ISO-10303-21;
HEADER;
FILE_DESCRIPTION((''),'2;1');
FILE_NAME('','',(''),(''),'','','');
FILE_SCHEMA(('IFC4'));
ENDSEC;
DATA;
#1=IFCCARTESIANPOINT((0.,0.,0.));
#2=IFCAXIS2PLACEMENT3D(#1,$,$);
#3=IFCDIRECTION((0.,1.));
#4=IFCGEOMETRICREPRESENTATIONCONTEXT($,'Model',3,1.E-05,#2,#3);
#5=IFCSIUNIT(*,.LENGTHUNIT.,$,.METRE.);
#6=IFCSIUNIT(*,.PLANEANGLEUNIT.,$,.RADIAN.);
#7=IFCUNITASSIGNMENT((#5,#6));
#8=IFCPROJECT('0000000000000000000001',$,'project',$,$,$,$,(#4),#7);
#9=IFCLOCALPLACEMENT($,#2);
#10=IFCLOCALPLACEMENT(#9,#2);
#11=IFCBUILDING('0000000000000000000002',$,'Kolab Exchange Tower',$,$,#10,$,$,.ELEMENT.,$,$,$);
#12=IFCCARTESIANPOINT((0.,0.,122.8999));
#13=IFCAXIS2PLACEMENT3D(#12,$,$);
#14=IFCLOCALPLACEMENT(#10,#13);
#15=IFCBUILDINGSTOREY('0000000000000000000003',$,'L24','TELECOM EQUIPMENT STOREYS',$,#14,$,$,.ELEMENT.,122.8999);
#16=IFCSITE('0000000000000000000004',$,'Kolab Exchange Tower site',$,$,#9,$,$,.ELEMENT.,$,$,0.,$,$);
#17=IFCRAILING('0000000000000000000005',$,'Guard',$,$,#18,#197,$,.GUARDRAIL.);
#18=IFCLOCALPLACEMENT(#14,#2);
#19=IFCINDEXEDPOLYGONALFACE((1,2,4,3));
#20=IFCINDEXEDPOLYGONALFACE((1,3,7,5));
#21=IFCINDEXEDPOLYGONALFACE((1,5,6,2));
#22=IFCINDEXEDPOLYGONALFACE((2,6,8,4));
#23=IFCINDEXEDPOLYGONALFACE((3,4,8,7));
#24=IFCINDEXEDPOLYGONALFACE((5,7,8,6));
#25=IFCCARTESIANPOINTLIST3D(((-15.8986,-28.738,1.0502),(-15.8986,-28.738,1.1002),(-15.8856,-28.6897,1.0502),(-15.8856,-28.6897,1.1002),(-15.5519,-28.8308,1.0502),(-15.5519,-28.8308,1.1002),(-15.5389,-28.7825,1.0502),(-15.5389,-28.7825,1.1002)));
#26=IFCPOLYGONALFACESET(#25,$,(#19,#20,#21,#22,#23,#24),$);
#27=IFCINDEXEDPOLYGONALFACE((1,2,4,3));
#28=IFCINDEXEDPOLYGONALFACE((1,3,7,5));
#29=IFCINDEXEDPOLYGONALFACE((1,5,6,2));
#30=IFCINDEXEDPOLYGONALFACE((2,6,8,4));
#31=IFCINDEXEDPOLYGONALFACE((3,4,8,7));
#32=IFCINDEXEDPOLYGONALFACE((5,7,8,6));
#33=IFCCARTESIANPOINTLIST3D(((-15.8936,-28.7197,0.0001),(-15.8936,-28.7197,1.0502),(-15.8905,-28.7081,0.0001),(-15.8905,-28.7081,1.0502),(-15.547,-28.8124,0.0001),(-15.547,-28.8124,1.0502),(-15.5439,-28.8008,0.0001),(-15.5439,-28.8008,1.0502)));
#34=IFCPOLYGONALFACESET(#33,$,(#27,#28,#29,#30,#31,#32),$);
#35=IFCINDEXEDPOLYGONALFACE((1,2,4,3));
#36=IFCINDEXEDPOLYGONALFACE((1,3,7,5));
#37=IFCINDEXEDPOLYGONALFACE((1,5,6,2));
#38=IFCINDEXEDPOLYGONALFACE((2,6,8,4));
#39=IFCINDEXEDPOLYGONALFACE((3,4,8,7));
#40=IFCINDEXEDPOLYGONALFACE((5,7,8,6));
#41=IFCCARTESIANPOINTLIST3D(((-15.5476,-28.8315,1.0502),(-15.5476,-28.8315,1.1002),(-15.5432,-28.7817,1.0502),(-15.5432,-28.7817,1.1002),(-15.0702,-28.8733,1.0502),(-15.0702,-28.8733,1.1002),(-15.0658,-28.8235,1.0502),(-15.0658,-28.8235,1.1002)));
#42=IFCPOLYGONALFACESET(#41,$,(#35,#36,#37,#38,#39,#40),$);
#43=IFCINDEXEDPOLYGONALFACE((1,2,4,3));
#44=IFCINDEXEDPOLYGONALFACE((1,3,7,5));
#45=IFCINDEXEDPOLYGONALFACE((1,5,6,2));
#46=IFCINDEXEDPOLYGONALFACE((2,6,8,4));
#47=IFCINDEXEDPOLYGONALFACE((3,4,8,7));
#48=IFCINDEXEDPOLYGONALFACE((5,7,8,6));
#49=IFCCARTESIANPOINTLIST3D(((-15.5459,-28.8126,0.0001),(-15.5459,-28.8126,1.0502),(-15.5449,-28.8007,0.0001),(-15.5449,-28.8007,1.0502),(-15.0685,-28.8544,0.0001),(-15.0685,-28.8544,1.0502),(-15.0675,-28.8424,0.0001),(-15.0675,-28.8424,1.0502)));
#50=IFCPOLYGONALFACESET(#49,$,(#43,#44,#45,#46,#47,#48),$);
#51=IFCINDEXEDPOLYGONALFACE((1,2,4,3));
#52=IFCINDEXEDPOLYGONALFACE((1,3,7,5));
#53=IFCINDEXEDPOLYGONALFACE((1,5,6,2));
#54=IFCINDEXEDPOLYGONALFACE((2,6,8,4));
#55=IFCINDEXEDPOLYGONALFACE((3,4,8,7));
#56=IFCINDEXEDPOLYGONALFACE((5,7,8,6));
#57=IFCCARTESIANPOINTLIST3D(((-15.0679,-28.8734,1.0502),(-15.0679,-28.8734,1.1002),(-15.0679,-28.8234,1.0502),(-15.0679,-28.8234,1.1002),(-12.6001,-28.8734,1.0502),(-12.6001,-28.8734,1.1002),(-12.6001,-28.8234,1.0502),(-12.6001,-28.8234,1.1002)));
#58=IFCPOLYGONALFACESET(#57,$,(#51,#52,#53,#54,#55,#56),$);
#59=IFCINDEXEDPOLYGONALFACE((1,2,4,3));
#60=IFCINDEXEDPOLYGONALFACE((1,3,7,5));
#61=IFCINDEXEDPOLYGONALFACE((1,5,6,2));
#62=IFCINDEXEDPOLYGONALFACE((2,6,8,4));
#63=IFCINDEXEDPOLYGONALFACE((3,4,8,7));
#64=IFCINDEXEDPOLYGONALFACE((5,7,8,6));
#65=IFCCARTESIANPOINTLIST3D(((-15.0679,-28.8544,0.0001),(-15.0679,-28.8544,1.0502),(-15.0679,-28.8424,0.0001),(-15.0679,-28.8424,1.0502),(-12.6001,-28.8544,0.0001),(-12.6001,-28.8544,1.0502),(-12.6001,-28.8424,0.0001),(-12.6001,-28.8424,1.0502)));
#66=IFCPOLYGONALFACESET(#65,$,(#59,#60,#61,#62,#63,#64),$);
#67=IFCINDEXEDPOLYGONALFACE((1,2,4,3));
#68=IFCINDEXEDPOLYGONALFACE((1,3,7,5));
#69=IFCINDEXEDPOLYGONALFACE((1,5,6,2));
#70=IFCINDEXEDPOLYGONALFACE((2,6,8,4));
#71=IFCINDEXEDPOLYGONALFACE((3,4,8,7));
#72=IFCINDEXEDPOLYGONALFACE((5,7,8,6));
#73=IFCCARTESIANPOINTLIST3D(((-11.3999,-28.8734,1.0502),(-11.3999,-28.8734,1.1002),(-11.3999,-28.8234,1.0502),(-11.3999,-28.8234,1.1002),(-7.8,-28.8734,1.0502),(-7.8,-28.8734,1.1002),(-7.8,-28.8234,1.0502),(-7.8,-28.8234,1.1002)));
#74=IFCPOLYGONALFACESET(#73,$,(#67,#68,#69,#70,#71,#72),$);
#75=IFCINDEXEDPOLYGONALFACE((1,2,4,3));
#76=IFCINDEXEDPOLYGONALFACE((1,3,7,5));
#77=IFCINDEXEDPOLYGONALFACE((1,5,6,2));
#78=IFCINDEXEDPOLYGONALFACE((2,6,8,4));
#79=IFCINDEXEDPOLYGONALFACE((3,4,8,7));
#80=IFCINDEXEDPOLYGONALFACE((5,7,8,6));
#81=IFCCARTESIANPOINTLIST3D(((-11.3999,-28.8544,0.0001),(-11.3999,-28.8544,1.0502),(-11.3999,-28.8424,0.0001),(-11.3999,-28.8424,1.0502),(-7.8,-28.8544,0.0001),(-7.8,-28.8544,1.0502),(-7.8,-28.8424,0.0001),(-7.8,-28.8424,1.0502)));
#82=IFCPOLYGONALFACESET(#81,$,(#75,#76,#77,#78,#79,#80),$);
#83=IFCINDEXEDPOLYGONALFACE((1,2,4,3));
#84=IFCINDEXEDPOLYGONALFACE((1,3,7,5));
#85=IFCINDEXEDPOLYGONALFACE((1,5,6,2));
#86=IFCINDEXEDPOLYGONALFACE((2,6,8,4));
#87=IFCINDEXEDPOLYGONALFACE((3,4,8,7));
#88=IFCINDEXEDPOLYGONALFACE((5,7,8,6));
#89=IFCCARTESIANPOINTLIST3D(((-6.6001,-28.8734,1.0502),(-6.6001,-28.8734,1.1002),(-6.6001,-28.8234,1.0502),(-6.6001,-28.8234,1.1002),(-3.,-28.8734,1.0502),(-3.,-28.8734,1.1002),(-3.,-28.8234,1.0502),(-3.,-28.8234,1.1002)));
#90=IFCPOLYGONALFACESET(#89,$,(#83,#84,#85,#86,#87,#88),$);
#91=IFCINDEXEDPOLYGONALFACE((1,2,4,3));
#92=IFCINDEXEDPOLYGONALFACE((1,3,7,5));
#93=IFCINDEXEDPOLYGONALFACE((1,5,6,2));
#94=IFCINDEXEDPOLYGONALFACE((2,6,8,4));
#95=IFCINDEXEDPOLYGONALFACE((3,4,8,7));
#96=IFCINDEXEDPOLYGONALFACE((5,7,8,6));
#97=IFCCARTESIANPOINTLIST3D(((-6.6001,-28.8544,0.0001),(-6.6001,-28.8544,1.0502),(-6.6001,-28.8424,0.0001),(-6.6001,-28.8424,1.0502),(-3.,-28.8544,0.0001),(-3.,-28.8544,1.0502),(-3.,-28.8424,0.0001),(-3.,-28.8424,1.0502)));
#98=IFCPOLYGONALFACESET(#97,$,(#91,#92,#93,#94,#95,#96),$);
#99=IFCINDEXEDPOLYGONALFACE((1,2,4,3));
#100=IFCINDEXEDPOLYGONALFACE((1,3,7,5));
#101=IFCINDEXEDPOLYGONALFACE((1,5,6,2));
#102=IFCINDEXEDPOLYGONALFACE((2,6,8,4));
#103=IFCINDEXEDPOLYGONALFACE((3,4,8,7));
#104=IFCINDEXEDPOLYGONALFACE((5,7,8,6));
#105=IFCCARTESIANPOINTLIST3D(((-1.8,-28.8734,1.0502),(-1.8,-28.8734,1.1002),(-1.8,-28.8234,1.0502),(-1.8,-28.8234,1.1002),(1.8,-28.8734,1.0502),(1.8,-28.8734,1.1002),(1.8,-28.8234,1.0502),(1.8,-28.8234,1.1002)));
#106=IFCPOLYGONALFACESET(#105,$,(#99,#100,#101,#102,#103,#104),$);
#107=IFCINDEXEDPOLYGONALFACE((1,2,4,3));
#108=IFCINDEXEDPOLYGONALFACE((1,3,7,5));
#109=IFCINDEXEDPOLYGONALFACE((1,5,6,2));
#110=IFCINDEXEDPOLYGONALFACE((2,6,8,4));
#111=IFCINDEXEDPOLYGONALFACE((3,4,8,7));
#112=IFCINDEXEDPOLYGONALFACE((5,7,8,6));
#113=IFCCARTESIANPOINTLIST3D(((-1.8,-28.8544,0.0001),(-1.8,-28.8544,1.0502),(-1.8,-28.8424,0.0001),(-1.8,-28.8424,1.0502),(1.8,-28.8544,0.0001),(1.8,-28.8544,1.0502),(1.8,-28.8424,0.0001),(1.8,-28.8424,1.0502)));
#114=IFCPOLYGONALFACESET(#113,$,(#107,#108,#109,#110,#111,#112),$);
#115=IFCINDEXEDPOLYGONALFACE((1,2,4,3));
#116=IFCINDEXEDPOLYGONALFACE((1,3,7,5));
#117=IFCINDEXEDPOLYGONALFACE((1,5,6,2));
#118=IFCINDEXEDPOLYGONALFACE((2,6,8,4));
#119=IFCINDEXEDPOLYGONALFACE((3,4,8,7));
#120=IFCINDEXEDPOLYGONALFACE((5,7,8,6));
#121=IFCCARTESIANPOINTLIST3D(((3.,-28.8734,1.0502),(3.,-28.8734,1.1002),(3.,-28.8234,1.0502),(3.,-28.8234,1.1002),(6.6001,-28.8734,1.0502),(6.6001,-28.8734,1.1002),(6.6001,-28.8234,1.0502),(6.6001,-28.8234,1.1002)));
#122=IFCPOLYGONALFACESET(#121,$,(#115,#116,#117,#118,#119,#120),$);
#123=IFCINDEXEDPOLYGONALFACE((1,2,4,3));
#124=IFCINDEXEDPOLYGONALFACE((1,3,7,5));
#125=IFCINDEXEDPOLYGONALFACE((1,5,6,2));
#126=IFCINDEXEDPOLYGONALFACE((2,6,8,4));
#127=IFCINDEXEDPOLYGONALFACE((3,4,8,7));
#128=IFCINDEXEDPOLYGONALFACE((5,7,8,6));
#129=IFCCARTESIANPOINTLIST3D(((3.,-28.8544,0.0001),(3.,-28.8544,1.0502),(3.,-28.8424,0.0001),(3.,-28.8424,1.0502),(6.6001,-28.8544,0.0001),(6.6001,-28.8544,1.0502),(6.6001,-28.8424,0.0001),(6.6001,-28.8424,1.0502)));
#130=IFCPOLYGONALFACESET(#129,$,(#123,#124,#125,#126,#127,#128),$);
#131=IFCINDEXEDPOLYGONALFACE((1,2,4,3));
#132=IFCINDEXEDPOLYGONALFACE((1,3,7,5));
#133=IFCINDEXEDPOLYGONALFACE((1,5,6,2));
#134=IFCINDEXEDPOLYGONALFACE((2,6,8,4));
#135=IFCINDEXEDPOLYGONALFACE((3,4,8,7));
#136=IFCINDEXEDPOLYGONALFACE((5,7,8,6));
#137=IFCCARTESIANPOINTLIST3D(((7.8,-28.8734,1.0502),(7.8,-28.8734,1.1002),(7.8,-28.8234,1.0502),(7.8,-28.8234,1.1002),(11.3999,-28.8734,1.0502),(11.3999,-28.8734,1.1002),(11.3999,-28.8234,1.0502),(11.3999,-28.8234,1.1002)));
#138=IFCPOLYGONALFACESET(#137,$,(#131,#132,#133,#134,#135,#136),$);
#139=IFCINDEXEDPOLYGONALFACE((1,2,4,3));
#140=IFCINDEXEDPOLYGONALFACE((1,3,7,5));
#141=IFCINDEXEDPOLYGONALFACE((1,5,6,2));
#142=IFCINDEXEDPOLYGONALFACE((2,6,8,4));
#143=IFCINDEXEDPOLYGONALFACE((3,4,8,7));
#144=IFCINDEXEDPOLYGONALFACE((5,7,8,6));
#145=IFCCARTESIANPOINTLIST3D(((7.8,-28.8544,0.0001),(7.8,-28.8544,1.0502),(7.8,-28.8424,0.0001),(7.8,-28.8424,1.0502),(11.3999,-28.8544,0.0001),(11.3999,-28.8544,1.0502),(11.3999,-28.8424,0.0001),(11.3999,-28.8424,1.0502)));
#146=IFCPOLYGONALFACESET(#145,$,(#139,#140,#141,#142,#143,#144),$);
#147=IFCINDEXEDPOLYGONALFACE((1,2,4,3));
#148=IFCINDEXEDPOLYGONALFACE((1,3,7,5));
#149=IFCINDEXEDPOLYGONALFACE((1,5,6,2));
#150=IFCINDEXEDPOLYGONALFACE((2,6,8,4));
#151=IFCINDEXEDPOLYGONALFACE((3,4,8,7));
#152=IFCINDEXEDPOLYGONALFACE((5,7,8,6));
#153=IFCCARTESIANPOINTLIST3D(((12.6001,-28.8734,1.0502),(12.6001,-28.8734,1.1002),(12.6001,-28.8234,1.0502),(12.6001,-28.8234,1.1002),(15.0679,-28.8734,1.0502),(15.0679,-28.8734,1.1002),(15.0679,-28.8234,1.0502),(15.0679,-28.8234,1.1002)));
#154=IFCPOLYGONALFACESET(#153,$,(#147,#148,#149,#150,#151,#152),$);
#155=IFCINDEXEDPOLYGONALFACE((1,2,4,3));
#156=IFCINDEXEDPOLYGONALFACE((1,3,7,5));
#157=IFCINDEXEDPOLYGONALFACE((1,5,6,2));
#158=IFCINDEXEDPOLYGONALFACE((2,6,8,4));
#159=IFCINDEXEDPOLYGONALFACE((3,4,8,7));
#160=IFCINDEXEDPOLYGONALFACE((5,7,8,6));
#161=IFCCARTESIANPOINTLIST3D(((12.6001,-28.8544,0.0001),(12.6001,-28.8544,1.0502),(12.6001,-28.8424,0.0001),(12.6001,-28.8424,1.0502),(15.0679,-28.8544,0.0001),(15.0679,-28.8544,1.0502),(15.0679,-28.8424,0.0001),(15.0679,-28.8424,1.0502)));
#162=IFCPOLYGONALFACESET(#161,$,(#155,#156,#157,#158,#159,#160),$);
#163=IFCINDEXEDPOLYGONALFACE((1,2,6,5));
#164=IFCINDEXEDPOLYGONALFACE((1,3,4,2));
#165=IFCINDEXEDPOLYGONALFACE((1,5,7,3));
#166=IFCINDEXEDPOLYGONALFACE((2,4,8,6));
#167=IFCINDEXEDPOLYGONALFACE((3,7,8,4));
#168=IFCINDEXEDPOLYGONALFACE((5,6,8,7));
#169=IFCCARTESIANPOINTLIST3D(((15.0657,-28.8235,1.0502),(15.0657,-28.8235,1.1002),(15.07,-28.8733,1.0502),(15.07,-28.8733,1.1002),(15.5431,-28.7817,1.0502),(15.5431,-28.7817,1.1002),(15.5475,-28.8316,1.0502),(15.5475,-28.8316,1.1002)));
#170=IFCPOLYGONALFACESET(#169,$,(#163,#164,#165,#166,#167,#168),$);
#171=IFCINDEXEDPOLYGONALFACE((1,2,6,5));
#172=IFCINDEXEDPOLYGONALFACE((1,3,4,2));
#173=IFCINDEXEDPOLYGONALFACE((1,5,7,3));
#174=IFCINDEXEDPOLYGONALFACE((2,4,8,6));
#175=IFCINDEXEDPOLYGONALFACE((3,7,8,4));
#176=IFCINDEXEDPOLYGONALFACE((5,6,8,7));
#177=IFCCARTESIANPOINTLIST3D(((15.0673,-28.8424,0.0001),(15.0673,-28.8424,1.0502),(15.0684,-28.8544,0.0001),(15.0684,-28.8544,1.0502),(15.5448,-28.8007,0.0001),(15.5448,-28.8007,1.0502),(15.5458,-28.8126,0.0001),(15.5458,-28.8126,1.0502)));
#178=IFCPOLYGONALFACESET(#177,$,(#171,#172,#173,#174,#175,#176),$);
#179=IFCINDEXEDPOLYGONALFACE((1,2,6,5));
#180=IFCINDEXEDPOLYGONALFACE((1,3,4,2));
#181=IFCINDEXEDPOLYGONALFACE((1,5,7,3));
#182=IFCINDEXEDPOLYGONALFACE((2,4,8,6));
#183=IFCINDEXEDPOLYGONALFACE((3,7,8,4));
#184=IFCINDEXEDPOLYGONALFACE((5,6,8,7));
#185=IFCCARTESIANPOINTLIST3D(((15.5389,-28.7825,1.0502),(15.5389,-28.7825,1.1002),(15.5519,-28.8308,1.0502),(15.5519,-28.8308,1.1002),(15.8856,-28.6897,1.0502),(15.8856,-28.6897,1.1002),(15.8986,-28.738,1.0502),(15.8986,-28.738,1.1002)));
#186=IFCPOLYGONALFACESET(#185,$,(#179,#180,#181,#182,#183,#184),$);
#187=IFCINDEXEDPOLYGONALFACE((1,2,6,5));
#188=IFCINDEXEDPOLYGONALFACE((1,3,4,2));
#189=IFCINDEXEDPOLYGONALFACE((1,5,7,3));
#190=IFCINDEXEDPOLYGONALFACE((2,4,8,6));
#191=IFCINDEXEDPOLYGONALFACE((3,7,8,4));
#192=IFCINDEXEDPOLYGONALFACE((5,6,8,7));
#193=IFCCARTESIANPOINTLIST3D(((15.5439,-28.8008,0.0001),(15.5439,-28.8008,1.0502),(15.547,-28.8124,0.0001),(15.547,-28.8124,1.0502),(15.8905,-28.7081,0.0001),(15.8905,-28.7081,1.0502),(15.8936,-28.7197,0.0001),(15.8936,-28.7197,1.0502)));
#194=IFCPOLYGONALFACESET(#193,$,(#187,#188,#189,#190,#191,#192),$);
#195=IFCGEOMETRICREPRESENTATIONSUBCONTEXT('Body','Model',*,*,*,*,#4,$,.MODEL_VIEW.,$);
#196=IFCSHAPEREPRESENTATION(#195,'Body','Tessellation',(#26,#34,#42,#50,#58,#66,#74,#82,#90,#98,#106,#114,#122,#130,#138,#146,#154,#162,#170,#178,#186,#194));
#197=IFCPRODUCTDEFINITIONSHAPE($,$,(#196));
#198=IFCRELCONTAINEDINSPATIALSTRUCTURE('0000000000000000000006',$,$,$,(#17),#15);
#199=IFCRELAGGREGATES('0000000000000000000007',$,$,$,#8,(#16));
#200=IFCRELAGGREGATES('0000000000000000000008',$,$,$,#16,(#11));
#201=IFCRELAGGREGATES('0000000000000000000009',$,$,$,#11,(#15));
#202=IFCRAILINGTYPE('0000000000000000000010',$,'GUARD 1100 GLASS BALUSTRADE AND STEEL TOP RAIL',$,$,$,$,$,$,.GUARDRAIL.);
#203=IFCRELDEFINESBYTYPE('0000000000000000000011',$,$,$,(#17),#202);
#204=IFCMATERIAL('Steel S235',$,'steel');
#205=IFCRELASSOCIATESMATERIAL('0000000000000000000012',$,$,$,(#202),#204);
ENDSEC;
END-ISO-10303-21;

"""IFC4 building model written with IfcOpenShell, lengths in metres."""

from ifc_helpers import new_model, si_unit, direction, frame, frame_2d, origin, origin_2d, place, context, subcontext, project, spatial, rectangle, extrude, material, type_object, element, save


model = new_model("IFC4")

# Units and contexts
model_context = context("Model", 3, precision=1e-05, world=origin(), true_north=direction((0.0, 1.0)))
body_context = subcontext(model_context, "Body", "Model", "MODEL_VIEW")
ifc_project = project(units=[si_unit("LENGTHUNIT", "METRE"), si_unit("PLANEANGLEUNIT", "RADIAN")], contexts=[model_context])

# Site, building, storey
site_placement = place(None, origin())
site = spatial("IfcSite", under=ifc_project, at=site_placement, Name="Kolab Exchange Tower site", CompositionType="ELEMENT", RefElevation=0.0)
building_placement = place(site_placement, origin())
building = spatial("IfcBuilding", under=site, at=building_placement, Name="Kolab Exchange Tower", CompositionType="ELEMENT")
storey_placement = place(building_placement, frame((0.0, 0.0, 122.8999)))
storey = spatial("IfcBuildingStorey", under=building, at=storey_placement, Name="L24", Description="TELECOM EQUIPMENT STOREYS", CompositionType="ELEMENT", Elevation=122.8999)

# Railing
ifc_material_1 = material(Name="Steel S235", Category="steel")
railing_type = type_object("IfcRailingType", Name="GUARD 1100 GLASS BALUSTRADE AND STEEL TOP RAIL", PredefinedType="GUARDRAIL", material=ifc_material_1)
railing_1_placement = place(storey_placement, frame((-15.8921, -28.7139, 0.0)))
element("IfcRailing", 1, at=railing_1_placement, inside=storey, type_object=railing_type, Name="Guard", PredefinedType="GUARDRAIL", context=body_context, shape_type="SweptSolid", body=[
    extrude(rectangle(XDim=0.05, YDim=0.05, at=origin_2d()), frame((0.0, 0.0, 1.0752), z_axis=(0.966009, -0.258509, 0.0), x_axis=(0.258509, 0.966009, 0.0)), (0.0, 0.0, 1.0), 0.3589),
    extrude(rectangle(XDim=0.012, YDim=1.0501, at=frame_2d((0.0, 0.5251))), frame((0.0, 0.0, 0.0), z_axis=(0.966009, -0.258509, 0.0), x_axis=(0.258509, 0.966009, 0.0)), (0.0, 0.0, 1.0), 0.3589),
    extrude(rectangle(XDim=0.05, YDim=0.05, at=origin_2d()), frame((0.3467, -0.0928, 1.0752), z_axis=(0.9962, -0.087091, 0.0), x_axis=(0.087091, 0.9962, 0.0)), (0.0, 0.0, 1.0), 0.4792),
    extrude(rectangle(XDim=0.012, YDim=1.0501, at=frame_2d((0.0, 0.5251))), frame((0.3467, -0.0928, 0.0), z_axis=(0.9962, -0.087091, 0.0), x_axis=(0.087091, 0.9962, 0.0)), (0.0, 0.0, 1.0), 0.4792),
    extrude(rectangle(XDim=0.05, YDim=0.05, at=origin_2d()), frame((0.8242, -0.1345, 1.0752), z_axis=(1.0, 0.0, 0.0), x_axis=(0.0, 1.0, 0.0)), (0.0, 0.0, 1.0), 2.4678),
    extrude(rectangle(XDim=0.012, YDim=1.0501, at=frame_2d((0.0, 0.5251))), frame((0.8242, -0.1345, 0.0), z_axis=(1.0, 0.0, 0.0), x_axis=(0.0, 1.0, 0.0)), (0.0, 0.0, 1.0), 2.4678),
    extrude(rectangle(XDim=0.05, YDim=0.05, at=origin_2d()), frame((4.4922, -0.1345, 1.0752), z_axis=(1.0, 0.0, 0.0), x_axis=(0.0, 1.0, 0.0)), (0.0, 0.0, 1.0), 3.5999),
    extrude(rectangle(XDim=0.012, YDim=1.0501, at=frame_2d((0.0, 0.5251))), frame((4.4922, -0.1345, 0.0), z_axis=(1.0, 0.0, 0.0), x_axis=(0.0, 1.0, 0.0)), (0.0, 0.0, 1.0), 3.5999),
    extrude(rectangle(XDim=0.05, YDim=0.05, at=origin_2d()), frame((9.292, -0.1345, 1.0752), z_axis=(1.0, 0.0, 0.0), x_axis=(0.0, 1.0, 0.0)), (0.0, 0.0, 1.0), 3.6001),
    extrude(rectangle(XDim=0.012, YDim=1.0501, at=frame_2d((0.0, 0.5251))), frame((9.292, -0.1345, 0.0), z_axis=(1.0, 0.0, 0.0), x_axis=(0.0, 1.0, 0.0)), (0.0, 0.0, 1.0), 3.6001),
    extrude(rectangle(XDim=0.05, YDim=0.05, at=origin_2d()), frame((14.092, -0.1345, 1.0752), z_axis=(1.0, 0.0, 0.0), x_axis=(0.0, 1.0, 0.0)), (0.0, 0.0, 1.0), 3.6001),
    extrude(rectangle(XDim=0.012, YDim=1.0501, at=frame_2d((0.0, 0.5251))), frame((14.092, -0.1345, 0.0), z_axis=(1.0, 0.0, 0.0), x_axis=(0.0, 1.0, 0.0)), (0.0, 0.0, 1.0), 3.6001),
    extrude(rectangle(XDim=0.05, YDim=0.05, at=origin_2d()), frame((18.8921, -0.1345, 1.0752), z_axis=(1.0, 0.0, 0.0), x_axis=(0.0, 1.0, 0.0)), (0.0, 0.0, 1.0), 3.6001),
    extrude(rectangle(XDim=0.012, YDim=1.0501, at=frame_2d((0.0, 0.5251))), frame((18.8921, -0.1345, 0.0), z_axis=(1.0, 0.0, 0.0), x_axis=(0.0, 1.0, 0.0)), (0.0, 0.0, 1.0), 3.6001),
    extrude(rectangle(XDim=0.05, YDim=0.05, at=origin_2d()), frame((23.6921, -0.1345, 1.0752), z_axis=(1.0, 0.0, 0.0), x_axis=(0.0, 1.0, 0.0)), (0.0, 0.0, 1.0), 3.5999),
    extrude(rectangle(XDim=0.012, YDim=1.0501, at=frame_2d((0.0, 0.5251))), frame((23.6921, -0.1345, 0.0), z_axis=(1.0, 0.0, 0.0), x_axis=(0.0, 1.0, 0.0)), (0.0, 0.0, 1.0), 3.5999),
    extrude(rectangle(XDim=0.05, YDim=0.05, at=origin_2d()), frame((28.4922, -0.1345, 1.0752), z_axis=(1.0, 0.0, 0.0), x_axis=(0.0, 1.0, 0.0)), (0.0, 0.0, 1.0), 2.4678),
    extrude(rectangle(XDim=0.012, YDim=1.0501, at=frame_2d((0.0, 0.5251))), frame((28.4922, -0.1345, 0.0), z_axis=(1.0, 0.0, 0.0), x_axis=(0.0, 1.0, 0.0)), (0.0, 0.0, 1.0), 2.4678),
    extrude(rectangle(XDim=0.05, YDim=0.05, at=origin_2d()), frame((30.96, -0.1345, 1.0752), z_axis=(0.9962, 0.087091, 0.0), x_axis=(-0.087091, 0.9962, 0.0)), (0.0, 0.0, 1.0), 0.4792),
    extrude(rectangle(XDim=0.012, YDim=1.0501, at=frame_2d((0.0, 0.5251))), frame((30.96, -0.1345, 0.0), z_axis=(0.9962, 0.087091, 0.0), x_axis=(-0.087091, 0.9962, 0.0)), (0.0, 0.0, 1.0), 0.4792),
    extrude(rectangle(XDim=0.05, YDim=0.05, at=origin_2d()), frame((31.4375, -0.0928, 1.0752), z_axis=(0.966009, 0.258509, 0.0), x_axis=(-0.258509, 0.966009, 0.0)), (0.0, 0.0, 1.0), 0.3589),
    extrude(rectangle(XDim=0.012, YDim=1.0501, at=frame_2d((0.0, 0.5251))), frame((31.4375, -0.0928, 0.0), z_axis=(0.966009, 0.258509, 0.0), x_axis=(-0.258509, 0.966009, 0.0)), (0.0, 0.0, 1.0), 0.3589),
])

save(model, "model.ifc")
